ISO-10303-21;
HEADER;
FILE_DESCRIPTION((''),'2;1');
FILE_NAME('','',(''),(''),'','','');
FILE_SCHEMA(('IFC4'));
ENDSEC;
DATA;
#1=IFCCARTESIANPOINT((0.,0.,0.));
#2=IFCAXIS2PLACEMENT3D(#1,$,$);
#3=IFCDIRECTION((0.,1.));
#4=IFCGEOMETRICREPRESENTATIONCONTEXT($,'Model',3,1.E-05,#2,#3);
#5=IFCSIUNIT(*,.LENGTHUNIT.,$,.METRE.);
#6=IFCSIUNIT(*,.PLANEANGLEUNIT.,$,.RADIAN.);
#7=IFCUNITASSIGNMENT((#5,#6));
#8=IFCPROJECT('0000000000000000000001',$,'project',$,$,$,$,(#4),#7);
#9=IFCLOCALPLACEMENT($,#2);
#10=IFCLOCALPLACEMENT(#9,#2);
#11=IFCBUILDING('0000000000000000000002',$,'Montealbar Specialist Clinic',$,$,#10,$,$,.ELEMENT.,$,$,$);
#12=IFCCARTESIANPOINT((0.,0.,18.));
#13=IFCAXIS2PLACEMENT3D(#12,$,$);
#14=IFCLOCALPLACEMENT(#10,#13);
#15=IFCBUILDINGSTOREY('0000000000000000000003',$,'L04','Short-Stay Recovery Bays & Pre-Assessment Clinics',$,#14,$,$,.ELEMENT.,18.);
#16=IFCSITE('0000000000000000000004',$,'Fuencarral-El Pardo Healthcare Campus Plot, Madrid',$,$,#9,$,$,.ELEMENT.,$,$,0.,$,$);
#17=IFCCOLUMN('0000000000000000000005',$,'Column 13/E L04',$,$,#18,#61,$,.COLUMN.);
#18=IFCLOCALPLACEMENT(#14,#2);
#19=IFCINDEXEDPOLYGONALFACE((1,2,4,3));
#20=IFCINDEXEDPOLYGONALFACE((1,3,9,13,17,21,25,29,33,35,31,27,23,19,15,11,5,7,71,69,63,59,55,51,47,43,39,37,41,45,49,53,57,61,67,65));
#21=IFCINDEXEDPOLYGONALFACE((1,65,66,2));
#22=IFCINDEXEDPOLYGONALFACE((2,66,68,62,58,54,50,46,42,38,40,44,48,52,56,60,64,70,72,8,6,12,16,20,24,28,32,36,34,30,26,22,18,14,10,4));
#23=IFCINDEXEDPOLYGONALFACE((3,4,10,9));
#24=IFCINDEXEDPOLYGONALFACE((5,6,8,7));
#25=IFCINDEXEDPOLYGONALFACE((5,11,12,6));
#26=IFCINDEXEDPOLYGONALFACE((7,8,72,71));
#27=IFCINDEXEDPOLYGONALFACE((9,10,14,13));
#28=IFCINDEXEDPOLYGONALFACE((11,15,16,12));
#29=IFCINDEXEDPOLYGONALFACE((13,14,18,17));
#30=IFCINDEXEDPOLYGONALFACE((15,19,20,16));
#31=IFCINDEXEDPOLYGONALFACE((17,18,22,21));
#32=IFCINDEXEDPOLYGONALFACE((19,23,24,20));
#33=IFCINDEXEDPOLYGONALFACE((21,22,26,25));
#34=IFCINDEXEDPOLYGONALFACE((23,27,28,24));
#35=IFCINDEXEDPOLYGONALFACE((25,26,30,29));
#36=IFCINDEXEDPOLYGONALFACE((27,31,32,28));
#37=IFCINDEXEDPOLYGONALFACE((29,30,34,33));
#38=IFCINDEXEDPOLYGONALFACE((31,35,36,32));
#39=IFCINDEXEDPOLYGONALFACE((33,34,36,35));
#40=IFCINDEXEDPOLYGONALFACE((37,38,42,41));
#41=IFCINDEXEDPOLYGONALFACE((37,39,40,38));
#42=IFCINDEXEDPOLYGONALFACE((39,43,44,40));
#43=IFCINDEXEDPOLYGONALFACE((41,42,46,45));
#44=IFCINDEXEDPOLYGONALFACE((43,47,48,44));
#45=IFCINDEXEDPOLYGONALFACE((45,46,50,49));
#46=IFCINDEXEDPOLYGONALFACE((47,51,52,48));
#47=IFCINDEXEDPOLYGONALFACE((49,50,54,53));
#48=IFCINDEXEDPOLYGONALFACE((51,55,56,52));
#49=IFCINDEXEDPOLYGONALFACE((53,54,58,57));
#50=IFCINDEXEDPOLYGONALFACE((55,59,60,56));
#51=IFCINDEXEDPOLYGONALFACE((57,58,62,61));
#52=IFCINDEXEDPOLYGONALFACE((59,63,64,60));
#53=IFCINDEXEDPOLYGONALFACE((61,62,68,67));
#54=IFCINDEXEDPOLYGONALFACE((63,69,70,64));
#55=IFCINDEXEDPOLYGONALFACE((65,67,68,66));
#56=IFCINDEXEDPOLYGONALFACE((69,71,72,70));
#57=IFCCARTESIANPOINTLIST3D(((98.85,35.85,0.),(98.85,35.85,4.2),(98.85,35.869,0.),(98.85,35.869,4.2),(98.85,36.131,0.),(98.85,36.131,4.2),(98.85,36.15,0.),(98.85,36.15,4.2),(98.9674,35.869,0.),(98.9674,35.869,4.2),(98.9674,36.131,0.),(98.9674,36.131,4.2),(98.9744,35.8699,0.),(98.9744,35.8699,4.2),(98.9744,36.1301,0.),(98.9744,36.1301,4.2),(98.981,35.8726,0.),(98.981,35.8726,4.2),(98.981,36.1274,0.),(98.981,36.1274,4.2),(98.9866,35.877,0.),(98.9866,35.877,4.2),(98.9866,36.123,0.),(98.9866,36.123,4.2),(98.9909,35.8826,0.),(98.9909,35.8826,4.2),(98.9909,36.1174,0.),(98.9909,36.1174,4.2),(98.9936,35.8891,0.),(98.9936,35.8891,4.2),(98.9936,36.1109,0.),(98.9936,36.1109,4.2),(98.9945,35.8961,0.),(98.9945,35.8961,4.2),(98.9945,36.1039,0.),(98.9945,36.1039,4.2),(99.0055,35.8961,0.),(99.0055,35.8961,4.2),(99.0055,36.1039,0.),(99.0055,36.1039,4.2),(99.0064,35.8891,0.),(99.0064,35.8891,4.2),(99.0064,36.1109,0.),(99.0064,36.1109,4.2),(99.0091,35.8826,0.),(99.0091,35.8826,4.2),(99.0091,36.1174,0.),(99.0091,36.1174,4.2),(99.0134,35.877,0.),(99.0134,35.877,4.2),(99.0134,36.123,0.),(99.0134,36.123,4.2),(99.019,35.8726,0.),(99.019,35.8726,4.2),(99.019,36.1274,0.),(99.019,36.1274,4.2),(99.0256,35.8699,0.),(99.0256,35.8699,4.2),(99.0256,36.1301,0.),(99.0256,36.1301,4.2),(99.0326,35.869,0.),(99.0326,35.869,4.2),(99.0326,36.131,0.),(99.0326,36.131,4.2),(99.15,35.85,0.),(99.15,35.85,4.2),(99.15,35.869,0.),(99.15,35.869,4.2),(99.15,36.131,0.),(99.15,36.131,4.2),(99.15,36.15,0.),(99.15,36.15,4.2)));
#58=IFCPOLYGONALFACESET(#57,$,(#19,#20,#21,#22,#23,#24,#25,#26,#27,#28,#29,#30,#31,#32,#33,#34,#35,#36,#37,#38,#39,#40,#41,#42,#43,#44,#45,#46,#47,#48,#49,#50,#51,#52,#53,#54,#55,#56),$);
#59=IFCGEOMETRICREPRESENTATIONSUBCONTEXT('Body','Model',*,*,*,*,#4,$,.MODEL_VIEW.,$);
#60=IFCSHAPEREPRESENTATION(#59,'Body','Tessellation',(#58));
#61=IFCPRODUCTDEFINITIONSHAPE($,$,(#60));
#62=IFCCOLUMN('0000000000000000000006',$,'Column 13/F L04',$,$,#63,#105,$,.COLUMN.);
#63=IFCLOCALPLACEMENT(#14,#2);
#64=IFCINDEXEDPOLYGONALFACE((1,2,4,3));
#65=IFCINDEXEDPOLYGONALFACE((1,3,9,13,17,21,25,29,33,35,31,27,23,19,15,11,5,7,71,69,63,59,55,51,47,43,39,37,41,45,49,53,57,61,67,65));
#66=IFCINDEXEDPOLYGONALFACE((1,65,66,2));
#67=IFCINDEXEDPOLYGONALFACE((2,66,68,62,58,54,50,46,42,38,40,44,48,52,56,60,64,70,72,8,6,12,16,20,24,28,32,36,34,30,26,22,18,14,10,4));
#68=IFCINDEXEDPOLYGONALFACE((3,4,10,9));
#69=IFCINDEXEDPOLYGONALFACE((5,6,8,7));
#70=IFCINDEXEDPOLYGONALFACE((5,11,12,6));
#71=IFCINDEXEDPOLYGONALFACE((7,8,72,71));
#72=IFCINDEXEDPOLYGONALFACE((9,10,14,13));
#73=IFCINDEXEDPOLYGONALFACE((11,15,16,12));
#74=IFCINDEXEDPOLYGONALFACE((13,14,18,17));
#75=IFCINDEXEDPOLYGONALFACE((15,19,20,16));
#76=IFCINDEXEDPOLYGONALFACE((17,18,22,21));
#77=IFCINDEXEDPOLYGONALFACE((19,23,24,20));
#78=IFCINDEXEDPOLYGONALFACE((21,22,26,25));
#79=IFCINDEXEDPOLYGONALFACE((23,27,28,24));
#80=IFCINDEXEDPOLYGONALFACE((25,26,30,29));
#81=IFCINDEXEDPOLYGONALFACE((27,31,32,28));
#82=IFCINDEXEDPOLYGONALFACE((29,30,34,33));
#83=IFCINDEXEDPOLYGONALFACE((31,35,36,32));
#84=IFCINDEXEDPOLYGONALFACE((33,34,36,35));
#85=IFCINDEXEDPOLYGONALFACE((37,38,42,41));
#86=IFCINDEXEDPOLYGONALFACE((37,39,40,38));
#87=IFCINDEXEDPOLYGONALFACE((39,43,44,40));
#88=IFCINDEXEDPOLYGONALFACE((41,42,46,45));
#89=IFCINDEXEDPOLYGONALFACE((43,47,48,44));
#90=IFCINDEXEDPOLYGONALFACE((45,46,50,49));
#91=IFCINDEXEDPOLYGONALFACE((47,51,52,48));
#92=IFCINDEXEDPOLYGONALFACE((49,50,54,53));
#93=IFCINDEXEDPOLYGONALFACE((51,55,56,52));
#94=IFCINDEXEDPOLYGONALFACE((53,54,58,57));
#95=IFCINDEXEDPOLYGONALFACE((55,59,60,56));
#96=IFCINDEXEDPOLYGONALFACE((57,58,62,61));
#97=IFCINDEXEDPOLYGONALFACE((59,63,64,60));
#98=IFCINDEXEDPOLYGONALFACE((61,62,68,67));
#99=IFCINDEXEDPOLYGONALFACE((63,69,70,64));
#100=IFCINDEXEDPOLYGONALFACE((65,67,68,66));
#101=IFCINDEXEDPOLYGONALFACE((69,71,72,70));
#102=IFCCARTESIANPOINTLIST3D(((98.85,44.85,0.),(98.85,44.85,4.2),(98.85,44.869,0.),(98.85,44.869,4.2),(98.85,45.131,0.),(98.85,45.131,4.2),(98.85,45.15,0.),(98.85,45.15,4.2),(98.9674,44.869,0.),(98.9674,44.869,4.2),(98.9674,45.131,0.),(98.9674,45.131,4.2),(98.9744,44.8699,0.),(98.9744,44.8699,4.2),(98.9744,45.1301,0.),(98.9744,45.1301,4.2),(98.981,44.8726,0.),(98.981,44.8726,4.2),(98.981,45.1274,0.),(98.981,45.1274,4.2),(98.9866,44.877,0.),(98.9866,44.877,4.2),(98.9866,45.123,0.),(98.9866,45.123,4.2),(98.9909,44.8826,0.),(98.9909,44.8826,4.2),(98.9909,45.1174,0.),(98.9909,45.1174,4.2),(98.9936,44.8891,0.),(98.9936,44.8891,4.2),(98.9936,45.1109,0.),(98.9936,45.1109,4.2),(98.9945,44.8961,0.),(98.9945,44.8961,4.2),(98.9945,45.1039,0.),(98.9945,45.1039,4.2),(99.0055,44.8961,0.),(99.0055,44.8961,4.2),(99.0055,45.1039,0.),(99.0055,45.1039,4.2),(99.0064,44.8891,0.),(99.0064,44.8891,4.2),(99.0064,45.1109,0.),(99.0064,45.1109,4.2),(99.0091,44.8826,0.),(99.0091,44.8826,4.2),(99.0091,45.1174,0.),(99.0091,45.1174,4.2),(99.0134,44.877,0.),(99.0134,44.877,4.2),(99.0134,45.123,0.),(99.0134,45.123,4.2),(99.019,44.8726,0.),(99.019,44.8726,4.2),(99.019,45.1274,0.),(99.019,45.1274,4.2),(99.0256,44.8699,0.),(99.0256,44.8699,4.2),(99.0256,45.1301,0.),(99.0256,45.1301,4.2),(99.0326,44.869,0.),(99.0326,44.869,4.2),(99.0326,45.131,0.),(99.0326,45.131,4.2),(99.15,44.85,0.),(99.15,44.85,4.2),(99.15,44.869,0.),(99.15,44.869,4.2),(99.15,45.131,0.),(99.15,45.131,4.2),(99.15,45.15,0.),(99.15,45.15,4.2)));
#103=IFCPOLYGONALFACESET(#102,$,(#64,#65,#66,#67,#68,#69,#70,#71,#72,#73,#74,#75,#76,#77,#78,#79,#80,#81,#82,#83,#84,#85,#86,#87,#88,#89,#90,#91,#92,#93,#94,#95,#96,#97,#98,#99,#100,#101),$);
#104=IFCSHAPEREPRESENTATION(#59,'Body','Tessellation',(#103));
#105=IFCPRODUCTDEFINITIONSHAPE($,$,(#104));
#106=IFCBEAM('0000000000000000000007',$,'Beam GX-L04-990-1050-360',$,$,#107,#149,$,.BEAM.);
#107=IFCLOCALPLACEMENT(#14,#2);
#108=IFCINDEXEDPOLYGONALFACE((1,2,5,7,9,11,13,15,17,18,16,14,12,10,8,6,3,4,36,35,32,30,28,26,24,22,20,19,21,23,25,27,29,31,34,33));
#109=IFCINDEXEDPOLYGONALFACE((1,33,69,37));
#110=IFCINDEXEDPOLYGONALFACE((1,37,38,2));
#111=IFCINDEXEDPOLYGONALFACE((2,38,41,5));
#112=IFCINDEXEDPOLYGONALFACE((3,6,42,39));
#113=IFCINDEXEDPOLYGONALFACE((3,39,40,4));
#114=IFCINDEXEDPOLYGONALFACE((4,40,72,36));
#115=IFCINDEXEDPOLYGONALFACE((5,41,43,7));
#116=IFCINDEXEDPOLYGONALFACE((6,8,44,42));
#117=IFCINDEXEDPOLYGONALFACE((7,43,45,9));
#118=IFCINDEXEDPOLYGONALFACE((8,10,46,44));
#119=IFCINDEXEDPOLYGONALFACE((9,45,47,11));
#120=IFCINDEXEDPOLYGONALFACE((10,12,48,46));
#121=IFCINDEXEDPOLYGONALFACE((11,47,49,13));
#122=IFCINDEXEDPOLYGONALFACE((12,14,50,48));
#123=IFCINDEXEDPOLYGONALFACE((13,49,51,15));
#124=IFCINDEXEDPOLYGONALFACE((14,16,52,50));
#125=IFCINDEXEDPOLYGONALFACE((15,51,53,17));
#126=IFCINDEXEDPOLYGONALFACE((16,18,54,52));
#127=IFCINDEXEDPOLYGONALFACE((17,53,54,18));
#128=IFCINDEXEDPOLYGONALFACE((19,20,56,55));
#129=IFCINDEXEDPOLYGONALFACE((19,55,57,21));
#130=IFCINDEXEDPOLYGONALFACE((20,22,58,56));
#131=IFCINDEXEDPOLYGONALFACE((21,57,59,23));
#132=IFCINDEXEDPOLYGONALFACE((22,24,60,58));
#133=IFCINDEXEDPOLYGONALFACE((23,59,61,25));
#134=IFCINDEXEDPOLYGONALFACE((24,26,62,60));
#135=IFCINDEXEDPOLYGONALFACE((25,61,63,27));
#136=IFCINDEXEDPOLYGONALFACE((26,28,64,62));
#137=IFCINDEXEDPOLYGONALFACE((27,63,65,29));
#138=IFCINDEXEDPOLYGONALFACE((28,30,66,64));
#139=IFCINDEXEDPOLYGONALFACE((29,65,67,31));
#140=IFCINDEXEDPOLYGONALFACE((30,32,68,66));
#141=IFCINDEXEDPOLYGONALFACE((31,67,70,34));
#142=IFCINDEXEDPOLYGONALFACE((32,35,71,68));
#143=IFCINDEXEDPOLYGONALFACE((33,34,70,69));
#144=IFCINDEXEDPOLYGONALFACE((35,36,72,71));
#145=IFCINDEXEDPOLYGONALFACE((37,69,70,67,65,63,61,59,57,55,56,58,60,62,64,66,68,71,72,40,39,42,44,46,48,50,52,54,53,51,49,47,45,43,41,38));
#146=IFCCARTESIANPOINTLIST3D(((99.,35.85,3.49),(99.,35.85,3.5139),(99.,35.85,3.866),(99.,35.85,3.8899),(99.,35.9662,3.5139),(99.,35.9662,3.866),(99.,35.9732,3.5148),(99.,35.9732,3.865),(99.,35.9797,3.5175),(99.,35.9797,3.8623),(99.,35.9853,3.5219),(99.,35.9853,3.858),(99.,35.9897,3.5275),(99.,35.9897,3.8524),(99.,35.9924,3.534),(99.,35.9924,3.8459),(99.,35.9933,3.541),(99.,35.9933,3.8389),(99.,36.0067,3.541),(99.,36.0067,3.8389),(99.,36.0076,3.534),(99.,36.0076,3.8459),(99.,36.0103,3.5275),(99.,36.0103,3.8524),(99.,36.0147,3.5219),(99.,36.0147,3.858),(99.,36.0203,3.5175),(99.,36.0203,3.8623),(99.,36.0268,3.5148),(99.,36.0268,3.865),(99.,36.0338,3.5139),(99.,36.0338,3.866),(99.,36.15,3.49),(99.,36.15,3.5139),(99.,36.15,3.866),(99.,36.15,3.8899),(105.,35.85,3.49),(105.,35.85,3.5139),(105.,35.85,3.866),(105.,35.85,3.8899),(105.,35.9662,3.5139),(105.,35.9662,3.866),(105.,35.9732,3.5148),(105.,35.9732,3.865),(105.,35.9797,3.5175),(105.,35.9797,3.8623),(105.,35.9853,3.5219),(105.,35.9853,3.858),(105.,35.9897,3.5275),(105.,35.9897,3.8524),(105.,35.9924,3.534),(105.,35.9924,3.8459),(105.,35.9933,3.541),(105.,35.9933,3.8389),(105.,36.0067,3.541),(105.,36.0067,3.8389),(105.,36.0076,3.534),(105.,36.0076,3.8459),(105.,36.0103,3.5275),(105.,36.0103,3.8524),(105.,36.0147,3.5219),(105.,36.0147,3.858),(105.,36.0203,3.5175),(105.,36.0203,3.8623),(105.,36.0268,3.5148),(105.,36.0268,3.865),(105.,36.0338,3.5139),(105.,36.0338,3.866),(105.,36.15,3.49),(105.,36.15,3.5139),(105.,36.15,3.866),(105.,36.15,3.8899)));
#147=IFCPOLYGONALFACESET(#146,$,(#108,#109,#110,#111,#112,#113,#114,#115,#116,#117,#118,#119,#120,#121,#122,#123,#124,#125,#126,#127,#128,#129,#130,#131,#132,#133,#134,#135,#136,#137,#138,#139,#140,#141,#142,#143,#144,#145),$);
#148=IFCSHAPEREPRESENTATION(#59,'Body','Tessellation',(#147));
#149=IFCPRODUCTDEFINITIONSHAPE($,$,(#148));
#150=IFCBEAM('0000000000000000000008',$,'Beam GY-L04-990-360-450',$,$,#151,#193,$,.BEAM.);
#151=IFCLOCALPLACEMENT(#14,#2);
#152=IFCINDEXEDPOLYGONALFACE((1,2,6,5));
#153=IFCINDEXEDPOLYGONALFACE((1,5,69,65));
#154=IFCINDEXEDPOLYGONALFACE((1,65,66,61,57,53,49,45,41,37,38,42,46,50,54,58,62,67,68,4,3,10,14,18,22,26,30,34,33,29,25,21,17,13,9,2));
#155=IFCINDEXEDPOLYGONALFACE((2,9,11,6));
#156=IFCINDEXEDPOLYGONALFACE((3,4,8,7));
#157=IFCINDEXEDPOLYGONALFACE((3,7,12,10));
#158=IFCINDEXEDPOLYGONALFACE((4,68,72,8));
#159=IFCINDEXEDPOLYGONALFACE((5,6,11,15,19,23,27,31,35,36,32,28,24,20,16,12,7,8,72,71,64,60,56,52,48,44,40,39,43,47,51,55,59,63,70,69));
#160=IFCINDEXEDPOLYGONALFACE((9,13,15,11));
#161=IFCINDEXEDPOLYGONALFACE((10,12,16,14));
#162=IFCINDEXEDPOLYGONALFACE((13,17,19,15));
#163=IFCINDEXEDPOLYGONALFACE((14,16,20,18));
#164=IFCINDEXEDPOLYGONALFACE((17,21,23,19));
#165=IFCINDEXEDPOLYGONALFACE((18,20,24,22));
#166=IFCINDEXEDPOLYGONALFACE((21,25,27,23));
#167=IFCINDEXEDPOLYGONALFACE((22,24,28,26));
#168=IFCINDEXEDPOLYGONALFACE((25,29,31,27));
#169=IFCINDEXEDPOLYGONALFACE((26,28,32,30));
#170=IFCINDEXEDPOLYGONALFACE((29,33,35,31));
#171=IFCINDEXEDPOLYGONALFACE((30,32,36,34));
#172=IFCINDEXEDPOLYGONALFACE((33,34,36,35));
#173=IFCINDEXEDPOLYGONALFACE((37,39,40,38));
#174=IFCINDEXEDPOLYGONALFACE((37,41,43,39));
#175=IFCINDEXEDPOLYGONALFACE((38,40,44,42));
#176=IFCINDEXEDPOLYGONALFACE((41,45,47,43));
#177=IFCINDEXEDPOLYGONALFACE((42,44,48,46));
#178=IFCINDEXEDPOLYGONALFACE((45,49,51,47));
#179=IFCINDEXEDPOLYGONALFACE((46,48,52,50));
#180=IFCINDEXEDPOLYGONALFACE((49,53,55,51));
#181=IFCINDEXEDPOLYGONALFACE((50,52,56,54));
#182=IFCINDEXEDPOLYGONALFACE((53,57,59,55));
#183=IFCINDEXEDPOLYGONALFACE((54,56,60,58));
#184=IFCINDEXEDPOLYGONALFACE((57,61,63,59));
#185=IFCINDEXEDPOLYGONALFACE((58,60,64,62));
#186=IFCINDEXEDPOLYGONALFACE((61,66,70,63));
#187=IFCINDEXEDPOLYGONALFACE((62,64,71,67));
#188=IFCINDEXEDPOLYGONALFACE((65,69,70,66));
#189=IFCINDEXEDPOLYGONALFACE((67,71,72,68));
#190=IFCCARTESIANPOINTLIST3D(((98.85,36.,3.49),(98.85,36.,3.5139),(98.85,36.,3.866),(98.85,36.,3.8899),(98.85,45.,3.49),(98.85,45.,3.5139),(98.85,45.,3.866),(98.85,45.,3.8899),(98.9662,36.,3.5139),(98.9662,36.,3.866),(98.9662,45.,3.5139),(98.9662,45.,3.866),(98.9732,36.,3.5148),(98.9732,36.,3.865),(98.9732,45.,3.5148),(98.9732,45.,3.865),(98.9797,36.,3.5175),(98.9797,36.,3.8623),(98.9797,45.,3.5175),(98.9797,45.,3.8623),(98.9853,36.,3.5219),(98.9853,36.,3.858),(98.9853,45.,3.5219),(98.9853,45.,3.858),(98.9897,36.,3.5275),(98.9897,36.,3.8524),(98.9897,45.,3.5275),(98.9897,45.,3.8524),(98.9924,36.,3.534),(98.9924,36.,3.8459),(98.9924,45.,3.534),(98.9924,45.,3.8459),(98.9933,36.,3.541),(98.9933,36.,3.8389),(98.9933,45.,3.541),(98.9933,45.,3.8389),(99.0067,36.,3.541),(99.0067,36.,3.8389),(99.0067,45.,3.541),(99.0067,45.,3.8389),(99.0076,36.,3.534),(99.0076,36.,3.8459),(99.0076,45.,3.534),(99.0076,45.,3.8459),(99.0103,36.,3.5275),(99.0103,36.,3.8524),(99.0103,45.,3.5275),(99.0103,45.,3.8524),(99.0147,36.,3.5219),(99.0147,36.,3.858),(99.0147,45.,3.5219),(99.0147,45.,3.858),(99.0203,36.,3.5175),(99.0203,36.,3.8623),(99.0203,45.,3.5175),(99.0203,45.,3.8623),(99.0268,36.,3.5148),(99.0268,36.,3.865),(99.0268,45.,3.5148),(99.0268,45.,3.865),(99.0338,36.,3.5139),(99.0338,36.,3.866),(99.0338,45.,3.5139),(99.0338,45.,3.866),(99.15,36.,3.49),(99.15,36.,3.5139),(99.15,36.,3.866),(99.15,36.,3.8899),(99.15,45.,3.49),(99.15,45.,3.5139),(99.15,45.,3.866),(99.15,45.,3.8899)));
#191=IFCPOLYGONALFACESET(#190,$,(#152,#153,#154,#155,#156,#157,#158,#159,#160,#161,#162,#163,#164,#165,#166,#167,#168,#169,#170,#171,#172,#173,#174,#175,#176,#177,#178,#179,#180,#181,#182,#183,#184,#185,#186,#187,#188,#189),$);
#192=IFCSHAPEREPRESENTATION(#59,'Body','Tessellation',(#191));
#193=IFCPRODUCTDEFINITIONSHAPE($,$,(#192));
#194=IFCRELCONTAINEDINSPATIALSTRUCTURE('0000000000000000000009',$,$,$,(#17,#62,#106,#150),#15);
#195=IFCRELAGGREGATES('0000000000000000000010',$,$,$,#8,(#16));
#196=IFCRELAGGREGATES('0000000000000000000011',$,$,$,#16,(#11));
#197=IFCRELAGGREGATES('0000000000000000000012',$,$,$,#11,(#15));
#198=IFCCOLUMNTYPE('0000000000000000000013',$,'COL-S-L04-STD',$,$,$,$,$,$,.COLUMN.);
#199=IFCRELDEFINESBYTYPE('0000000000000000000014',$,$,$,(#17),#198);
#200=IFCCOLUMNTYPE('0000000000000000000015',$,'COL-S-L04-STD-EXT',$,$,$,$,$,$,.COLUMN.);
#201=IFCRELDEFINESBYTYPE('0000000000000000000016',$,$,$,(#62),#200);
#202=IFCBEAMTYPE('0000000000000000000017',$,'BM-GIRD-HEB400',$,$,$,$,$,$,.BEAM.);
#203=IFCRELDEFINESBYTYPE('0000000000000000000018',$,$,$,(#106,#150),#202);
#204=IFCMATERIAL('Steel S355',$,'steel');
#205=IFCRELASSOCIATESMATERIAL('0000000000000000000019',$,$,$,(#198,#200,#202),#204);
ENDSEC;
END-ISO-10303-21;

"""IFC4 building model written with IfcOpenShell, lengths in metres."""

from ifc_helpers import new_model, si_unit, direction, frame, origin, origin_2d, place, context, subcontext, project, spatial, i_section, extrude, material, material_profile, profile_set, type_object, element, save


model = new_model("IFC4")

# Units and contexts
model_context = context("Model", 3, precision=1e-05, world=origin(), true_north=direction((0.0, 1.0)))
body_context = subcontext(model_context, "Body", "Model", "MODEL_VIEW")
ifc_project = project(units=[si_unit("LENGTHUNIT", "METRE"), si_unit("PLANEANGLEUNIT", "RADIAN")], contexts=[model_context])

# Site, building, storey
site_placement = place(None, origin())
site = spatial("IfcSite", under=ifc_project, at=site_placement, Name="Fuencarral-El Pardo Healthcare Campus Plot, Madrid", CompositionType="ELEMENT", RefElevation=0.0)
building_placement = place(site_placement, origin())
building = spatial("IfcBuilding", under=site, at=building_placement, Name="Montealbar Specialist Clinic", CompositionType="ELEMENT")
storey_placement = place(building_placement, frame((0.0, 0.0, 18.0)))
storey = spatial("IfcBuildingStorey", under=building, at=storey_placement, Name="L04", Description="Short-Stay Recovery Bays & Pre-Assessment Clinics", CompositionType="ELEMENT", Elevation=18.0)

# Columns
ifc_material_1 = material(Name="Steel S355", Category="steel")
ifc_material_profile_1 = material_profile(ifc_material_1, i_section(OverallWidth=0.3, OverallDepth=0.3, WebThickness=0.011, FlangeThickness=0.019, FilletRadius=0.0271, at=origin_2d()), Name="HEB 300", Category="steel")
ifc_profile_set_1 = profile_set([ifc_material_profile_1], Name="Steel S355")
column_type_1 = type_object("IfcColumnType", Name="COL-S-L04-STD", PredefinedType="COLUMN", material=ifc_profile_set_1)
column_1_placement = place(storey_placement, frame((99.0, 36.0, 0.0), z_axis=(0.0, 0.0, 1.0), x_axis=(1.0, 0.0, 0.0)))
element("IfcColumn", 1, at=column_1_placement, inside=storey, type_object=column_type_1, Name="Column 13/E L04", PredefinedType="COLUMN", context=body_context, shape_type="SweptSolid", body=[
    extrude(i_section(OverallWidth=0.3, OverallDepth=0.3, WebThickness=0.011, FlangeThickness=0.019, FilletRadius=0.0271, at=origin_2d()), origin(), (0.0, 0.0, 1.0), 4.2),
])
ifc_material_profile_2 = material_profile(ifc_material_1, i_section(OverallWidth=0.3, OverallDepth=0.3, WebThickness=0.011, FlangeThickness=0.019, FilletRadius=0.0271, at=origin_2d()), Name="HEB 300", Category="steel")
ifc_profile_set_2 = profile_set([ifc_material_profile_2], Name="Steel S355")
column_type_2 = type_object("IfcColumnType", Name="COL-S-L04-STD-EXT", PredefinedType="COLUMN", material=ifc_profile_set_2)
column_2_placement = place(storey_placement, frame((99.0, 45.0, 0.0), z_axis=(0.0, 0.0, 1.0), x_axis=(1.0, 0.0, 0.0)))
element("IfcColumn", 2, at=column_2_placement, inside=storey, type_object=column_type_2, Name="Column 13/F L04", PredefinedType="COLUMN", context=body_context, shape_type="SweptSolid", body=[
    extrude(i_section(OverallWidth=0.3, OverallDepth=0.3, WebThickness=0.011, FlangeThickness=0.019, FilletRadius=0.0271, at=origin_2d()), origin(), (0.0, 0.0, 1.0), 4.2),
])

# Beams
ifc_material_profile_3 = material_profile(ifc_material_1, i_section(OverallWidth=0.3, OverallDepth=0.3999, WebThickness=0.0134, FlangeThickness=0.0239, FilletRadius=0.0271, at=origin_2d()), Name="HEB 400", Category="steel")
ifc_profile_set_3 = profile_set([ifc_material_profile_3], Name="Steel S355")
beam_type_1 = type_object("IfcBeamType", Name="BM-GIRD-HEB400", PredefinedType="BEAM", material=ifc_profile_set_3)
beam_1_placement = place(storey_placement, frame((99.0, 36.0, 3.6899), z_axis=(1.0, 0.0, 0.0), x_axis=(0.0, 1.0, 0.0)))
element("IfcBeam", 3, at=beam_1_placement, inside=storey, type_object=beam_type_1, Name="Beam GX-L04-990-1050-360", PredefinedType="BEAM", context=body_context, shape_type="SweptSolid", body=[
    extrude(i_section(OverallWidth=0.3, OverallDepth=0.3999, WebThickness=0.0134, FlangeThickness=0.0239, FilletRadius=0.0271, at=origin_2d()), origin(), (0.0, 0.0, 1.0), 6.0),
])
beam_2_placement = place(storey_placement, frame((99.0, 36.0, 3.6899), z_axis=(0.0, 1.0, 0.0), x_axis=(-1.0, 0.0, 0.0)))
element("IfcBeam", 4, at=beam_2_placement, inside=storey, type_object=beam_type_1, Name="Beam GY-L04-990-360-450", PredefinedType="BEAM", context=body_context, shape_type="SweptSolid", body=[
    extrude(i_section(OverallWidth=0.3, OverallDepth=0.3999, WebThickness=0.0134, FlangeThickness=0.0239, FilletRadius=0.0271, at=origin_2d()), origin(), (0.0, 0.0, 1.0), 9.0),
])

save(model, "model.ifc")
